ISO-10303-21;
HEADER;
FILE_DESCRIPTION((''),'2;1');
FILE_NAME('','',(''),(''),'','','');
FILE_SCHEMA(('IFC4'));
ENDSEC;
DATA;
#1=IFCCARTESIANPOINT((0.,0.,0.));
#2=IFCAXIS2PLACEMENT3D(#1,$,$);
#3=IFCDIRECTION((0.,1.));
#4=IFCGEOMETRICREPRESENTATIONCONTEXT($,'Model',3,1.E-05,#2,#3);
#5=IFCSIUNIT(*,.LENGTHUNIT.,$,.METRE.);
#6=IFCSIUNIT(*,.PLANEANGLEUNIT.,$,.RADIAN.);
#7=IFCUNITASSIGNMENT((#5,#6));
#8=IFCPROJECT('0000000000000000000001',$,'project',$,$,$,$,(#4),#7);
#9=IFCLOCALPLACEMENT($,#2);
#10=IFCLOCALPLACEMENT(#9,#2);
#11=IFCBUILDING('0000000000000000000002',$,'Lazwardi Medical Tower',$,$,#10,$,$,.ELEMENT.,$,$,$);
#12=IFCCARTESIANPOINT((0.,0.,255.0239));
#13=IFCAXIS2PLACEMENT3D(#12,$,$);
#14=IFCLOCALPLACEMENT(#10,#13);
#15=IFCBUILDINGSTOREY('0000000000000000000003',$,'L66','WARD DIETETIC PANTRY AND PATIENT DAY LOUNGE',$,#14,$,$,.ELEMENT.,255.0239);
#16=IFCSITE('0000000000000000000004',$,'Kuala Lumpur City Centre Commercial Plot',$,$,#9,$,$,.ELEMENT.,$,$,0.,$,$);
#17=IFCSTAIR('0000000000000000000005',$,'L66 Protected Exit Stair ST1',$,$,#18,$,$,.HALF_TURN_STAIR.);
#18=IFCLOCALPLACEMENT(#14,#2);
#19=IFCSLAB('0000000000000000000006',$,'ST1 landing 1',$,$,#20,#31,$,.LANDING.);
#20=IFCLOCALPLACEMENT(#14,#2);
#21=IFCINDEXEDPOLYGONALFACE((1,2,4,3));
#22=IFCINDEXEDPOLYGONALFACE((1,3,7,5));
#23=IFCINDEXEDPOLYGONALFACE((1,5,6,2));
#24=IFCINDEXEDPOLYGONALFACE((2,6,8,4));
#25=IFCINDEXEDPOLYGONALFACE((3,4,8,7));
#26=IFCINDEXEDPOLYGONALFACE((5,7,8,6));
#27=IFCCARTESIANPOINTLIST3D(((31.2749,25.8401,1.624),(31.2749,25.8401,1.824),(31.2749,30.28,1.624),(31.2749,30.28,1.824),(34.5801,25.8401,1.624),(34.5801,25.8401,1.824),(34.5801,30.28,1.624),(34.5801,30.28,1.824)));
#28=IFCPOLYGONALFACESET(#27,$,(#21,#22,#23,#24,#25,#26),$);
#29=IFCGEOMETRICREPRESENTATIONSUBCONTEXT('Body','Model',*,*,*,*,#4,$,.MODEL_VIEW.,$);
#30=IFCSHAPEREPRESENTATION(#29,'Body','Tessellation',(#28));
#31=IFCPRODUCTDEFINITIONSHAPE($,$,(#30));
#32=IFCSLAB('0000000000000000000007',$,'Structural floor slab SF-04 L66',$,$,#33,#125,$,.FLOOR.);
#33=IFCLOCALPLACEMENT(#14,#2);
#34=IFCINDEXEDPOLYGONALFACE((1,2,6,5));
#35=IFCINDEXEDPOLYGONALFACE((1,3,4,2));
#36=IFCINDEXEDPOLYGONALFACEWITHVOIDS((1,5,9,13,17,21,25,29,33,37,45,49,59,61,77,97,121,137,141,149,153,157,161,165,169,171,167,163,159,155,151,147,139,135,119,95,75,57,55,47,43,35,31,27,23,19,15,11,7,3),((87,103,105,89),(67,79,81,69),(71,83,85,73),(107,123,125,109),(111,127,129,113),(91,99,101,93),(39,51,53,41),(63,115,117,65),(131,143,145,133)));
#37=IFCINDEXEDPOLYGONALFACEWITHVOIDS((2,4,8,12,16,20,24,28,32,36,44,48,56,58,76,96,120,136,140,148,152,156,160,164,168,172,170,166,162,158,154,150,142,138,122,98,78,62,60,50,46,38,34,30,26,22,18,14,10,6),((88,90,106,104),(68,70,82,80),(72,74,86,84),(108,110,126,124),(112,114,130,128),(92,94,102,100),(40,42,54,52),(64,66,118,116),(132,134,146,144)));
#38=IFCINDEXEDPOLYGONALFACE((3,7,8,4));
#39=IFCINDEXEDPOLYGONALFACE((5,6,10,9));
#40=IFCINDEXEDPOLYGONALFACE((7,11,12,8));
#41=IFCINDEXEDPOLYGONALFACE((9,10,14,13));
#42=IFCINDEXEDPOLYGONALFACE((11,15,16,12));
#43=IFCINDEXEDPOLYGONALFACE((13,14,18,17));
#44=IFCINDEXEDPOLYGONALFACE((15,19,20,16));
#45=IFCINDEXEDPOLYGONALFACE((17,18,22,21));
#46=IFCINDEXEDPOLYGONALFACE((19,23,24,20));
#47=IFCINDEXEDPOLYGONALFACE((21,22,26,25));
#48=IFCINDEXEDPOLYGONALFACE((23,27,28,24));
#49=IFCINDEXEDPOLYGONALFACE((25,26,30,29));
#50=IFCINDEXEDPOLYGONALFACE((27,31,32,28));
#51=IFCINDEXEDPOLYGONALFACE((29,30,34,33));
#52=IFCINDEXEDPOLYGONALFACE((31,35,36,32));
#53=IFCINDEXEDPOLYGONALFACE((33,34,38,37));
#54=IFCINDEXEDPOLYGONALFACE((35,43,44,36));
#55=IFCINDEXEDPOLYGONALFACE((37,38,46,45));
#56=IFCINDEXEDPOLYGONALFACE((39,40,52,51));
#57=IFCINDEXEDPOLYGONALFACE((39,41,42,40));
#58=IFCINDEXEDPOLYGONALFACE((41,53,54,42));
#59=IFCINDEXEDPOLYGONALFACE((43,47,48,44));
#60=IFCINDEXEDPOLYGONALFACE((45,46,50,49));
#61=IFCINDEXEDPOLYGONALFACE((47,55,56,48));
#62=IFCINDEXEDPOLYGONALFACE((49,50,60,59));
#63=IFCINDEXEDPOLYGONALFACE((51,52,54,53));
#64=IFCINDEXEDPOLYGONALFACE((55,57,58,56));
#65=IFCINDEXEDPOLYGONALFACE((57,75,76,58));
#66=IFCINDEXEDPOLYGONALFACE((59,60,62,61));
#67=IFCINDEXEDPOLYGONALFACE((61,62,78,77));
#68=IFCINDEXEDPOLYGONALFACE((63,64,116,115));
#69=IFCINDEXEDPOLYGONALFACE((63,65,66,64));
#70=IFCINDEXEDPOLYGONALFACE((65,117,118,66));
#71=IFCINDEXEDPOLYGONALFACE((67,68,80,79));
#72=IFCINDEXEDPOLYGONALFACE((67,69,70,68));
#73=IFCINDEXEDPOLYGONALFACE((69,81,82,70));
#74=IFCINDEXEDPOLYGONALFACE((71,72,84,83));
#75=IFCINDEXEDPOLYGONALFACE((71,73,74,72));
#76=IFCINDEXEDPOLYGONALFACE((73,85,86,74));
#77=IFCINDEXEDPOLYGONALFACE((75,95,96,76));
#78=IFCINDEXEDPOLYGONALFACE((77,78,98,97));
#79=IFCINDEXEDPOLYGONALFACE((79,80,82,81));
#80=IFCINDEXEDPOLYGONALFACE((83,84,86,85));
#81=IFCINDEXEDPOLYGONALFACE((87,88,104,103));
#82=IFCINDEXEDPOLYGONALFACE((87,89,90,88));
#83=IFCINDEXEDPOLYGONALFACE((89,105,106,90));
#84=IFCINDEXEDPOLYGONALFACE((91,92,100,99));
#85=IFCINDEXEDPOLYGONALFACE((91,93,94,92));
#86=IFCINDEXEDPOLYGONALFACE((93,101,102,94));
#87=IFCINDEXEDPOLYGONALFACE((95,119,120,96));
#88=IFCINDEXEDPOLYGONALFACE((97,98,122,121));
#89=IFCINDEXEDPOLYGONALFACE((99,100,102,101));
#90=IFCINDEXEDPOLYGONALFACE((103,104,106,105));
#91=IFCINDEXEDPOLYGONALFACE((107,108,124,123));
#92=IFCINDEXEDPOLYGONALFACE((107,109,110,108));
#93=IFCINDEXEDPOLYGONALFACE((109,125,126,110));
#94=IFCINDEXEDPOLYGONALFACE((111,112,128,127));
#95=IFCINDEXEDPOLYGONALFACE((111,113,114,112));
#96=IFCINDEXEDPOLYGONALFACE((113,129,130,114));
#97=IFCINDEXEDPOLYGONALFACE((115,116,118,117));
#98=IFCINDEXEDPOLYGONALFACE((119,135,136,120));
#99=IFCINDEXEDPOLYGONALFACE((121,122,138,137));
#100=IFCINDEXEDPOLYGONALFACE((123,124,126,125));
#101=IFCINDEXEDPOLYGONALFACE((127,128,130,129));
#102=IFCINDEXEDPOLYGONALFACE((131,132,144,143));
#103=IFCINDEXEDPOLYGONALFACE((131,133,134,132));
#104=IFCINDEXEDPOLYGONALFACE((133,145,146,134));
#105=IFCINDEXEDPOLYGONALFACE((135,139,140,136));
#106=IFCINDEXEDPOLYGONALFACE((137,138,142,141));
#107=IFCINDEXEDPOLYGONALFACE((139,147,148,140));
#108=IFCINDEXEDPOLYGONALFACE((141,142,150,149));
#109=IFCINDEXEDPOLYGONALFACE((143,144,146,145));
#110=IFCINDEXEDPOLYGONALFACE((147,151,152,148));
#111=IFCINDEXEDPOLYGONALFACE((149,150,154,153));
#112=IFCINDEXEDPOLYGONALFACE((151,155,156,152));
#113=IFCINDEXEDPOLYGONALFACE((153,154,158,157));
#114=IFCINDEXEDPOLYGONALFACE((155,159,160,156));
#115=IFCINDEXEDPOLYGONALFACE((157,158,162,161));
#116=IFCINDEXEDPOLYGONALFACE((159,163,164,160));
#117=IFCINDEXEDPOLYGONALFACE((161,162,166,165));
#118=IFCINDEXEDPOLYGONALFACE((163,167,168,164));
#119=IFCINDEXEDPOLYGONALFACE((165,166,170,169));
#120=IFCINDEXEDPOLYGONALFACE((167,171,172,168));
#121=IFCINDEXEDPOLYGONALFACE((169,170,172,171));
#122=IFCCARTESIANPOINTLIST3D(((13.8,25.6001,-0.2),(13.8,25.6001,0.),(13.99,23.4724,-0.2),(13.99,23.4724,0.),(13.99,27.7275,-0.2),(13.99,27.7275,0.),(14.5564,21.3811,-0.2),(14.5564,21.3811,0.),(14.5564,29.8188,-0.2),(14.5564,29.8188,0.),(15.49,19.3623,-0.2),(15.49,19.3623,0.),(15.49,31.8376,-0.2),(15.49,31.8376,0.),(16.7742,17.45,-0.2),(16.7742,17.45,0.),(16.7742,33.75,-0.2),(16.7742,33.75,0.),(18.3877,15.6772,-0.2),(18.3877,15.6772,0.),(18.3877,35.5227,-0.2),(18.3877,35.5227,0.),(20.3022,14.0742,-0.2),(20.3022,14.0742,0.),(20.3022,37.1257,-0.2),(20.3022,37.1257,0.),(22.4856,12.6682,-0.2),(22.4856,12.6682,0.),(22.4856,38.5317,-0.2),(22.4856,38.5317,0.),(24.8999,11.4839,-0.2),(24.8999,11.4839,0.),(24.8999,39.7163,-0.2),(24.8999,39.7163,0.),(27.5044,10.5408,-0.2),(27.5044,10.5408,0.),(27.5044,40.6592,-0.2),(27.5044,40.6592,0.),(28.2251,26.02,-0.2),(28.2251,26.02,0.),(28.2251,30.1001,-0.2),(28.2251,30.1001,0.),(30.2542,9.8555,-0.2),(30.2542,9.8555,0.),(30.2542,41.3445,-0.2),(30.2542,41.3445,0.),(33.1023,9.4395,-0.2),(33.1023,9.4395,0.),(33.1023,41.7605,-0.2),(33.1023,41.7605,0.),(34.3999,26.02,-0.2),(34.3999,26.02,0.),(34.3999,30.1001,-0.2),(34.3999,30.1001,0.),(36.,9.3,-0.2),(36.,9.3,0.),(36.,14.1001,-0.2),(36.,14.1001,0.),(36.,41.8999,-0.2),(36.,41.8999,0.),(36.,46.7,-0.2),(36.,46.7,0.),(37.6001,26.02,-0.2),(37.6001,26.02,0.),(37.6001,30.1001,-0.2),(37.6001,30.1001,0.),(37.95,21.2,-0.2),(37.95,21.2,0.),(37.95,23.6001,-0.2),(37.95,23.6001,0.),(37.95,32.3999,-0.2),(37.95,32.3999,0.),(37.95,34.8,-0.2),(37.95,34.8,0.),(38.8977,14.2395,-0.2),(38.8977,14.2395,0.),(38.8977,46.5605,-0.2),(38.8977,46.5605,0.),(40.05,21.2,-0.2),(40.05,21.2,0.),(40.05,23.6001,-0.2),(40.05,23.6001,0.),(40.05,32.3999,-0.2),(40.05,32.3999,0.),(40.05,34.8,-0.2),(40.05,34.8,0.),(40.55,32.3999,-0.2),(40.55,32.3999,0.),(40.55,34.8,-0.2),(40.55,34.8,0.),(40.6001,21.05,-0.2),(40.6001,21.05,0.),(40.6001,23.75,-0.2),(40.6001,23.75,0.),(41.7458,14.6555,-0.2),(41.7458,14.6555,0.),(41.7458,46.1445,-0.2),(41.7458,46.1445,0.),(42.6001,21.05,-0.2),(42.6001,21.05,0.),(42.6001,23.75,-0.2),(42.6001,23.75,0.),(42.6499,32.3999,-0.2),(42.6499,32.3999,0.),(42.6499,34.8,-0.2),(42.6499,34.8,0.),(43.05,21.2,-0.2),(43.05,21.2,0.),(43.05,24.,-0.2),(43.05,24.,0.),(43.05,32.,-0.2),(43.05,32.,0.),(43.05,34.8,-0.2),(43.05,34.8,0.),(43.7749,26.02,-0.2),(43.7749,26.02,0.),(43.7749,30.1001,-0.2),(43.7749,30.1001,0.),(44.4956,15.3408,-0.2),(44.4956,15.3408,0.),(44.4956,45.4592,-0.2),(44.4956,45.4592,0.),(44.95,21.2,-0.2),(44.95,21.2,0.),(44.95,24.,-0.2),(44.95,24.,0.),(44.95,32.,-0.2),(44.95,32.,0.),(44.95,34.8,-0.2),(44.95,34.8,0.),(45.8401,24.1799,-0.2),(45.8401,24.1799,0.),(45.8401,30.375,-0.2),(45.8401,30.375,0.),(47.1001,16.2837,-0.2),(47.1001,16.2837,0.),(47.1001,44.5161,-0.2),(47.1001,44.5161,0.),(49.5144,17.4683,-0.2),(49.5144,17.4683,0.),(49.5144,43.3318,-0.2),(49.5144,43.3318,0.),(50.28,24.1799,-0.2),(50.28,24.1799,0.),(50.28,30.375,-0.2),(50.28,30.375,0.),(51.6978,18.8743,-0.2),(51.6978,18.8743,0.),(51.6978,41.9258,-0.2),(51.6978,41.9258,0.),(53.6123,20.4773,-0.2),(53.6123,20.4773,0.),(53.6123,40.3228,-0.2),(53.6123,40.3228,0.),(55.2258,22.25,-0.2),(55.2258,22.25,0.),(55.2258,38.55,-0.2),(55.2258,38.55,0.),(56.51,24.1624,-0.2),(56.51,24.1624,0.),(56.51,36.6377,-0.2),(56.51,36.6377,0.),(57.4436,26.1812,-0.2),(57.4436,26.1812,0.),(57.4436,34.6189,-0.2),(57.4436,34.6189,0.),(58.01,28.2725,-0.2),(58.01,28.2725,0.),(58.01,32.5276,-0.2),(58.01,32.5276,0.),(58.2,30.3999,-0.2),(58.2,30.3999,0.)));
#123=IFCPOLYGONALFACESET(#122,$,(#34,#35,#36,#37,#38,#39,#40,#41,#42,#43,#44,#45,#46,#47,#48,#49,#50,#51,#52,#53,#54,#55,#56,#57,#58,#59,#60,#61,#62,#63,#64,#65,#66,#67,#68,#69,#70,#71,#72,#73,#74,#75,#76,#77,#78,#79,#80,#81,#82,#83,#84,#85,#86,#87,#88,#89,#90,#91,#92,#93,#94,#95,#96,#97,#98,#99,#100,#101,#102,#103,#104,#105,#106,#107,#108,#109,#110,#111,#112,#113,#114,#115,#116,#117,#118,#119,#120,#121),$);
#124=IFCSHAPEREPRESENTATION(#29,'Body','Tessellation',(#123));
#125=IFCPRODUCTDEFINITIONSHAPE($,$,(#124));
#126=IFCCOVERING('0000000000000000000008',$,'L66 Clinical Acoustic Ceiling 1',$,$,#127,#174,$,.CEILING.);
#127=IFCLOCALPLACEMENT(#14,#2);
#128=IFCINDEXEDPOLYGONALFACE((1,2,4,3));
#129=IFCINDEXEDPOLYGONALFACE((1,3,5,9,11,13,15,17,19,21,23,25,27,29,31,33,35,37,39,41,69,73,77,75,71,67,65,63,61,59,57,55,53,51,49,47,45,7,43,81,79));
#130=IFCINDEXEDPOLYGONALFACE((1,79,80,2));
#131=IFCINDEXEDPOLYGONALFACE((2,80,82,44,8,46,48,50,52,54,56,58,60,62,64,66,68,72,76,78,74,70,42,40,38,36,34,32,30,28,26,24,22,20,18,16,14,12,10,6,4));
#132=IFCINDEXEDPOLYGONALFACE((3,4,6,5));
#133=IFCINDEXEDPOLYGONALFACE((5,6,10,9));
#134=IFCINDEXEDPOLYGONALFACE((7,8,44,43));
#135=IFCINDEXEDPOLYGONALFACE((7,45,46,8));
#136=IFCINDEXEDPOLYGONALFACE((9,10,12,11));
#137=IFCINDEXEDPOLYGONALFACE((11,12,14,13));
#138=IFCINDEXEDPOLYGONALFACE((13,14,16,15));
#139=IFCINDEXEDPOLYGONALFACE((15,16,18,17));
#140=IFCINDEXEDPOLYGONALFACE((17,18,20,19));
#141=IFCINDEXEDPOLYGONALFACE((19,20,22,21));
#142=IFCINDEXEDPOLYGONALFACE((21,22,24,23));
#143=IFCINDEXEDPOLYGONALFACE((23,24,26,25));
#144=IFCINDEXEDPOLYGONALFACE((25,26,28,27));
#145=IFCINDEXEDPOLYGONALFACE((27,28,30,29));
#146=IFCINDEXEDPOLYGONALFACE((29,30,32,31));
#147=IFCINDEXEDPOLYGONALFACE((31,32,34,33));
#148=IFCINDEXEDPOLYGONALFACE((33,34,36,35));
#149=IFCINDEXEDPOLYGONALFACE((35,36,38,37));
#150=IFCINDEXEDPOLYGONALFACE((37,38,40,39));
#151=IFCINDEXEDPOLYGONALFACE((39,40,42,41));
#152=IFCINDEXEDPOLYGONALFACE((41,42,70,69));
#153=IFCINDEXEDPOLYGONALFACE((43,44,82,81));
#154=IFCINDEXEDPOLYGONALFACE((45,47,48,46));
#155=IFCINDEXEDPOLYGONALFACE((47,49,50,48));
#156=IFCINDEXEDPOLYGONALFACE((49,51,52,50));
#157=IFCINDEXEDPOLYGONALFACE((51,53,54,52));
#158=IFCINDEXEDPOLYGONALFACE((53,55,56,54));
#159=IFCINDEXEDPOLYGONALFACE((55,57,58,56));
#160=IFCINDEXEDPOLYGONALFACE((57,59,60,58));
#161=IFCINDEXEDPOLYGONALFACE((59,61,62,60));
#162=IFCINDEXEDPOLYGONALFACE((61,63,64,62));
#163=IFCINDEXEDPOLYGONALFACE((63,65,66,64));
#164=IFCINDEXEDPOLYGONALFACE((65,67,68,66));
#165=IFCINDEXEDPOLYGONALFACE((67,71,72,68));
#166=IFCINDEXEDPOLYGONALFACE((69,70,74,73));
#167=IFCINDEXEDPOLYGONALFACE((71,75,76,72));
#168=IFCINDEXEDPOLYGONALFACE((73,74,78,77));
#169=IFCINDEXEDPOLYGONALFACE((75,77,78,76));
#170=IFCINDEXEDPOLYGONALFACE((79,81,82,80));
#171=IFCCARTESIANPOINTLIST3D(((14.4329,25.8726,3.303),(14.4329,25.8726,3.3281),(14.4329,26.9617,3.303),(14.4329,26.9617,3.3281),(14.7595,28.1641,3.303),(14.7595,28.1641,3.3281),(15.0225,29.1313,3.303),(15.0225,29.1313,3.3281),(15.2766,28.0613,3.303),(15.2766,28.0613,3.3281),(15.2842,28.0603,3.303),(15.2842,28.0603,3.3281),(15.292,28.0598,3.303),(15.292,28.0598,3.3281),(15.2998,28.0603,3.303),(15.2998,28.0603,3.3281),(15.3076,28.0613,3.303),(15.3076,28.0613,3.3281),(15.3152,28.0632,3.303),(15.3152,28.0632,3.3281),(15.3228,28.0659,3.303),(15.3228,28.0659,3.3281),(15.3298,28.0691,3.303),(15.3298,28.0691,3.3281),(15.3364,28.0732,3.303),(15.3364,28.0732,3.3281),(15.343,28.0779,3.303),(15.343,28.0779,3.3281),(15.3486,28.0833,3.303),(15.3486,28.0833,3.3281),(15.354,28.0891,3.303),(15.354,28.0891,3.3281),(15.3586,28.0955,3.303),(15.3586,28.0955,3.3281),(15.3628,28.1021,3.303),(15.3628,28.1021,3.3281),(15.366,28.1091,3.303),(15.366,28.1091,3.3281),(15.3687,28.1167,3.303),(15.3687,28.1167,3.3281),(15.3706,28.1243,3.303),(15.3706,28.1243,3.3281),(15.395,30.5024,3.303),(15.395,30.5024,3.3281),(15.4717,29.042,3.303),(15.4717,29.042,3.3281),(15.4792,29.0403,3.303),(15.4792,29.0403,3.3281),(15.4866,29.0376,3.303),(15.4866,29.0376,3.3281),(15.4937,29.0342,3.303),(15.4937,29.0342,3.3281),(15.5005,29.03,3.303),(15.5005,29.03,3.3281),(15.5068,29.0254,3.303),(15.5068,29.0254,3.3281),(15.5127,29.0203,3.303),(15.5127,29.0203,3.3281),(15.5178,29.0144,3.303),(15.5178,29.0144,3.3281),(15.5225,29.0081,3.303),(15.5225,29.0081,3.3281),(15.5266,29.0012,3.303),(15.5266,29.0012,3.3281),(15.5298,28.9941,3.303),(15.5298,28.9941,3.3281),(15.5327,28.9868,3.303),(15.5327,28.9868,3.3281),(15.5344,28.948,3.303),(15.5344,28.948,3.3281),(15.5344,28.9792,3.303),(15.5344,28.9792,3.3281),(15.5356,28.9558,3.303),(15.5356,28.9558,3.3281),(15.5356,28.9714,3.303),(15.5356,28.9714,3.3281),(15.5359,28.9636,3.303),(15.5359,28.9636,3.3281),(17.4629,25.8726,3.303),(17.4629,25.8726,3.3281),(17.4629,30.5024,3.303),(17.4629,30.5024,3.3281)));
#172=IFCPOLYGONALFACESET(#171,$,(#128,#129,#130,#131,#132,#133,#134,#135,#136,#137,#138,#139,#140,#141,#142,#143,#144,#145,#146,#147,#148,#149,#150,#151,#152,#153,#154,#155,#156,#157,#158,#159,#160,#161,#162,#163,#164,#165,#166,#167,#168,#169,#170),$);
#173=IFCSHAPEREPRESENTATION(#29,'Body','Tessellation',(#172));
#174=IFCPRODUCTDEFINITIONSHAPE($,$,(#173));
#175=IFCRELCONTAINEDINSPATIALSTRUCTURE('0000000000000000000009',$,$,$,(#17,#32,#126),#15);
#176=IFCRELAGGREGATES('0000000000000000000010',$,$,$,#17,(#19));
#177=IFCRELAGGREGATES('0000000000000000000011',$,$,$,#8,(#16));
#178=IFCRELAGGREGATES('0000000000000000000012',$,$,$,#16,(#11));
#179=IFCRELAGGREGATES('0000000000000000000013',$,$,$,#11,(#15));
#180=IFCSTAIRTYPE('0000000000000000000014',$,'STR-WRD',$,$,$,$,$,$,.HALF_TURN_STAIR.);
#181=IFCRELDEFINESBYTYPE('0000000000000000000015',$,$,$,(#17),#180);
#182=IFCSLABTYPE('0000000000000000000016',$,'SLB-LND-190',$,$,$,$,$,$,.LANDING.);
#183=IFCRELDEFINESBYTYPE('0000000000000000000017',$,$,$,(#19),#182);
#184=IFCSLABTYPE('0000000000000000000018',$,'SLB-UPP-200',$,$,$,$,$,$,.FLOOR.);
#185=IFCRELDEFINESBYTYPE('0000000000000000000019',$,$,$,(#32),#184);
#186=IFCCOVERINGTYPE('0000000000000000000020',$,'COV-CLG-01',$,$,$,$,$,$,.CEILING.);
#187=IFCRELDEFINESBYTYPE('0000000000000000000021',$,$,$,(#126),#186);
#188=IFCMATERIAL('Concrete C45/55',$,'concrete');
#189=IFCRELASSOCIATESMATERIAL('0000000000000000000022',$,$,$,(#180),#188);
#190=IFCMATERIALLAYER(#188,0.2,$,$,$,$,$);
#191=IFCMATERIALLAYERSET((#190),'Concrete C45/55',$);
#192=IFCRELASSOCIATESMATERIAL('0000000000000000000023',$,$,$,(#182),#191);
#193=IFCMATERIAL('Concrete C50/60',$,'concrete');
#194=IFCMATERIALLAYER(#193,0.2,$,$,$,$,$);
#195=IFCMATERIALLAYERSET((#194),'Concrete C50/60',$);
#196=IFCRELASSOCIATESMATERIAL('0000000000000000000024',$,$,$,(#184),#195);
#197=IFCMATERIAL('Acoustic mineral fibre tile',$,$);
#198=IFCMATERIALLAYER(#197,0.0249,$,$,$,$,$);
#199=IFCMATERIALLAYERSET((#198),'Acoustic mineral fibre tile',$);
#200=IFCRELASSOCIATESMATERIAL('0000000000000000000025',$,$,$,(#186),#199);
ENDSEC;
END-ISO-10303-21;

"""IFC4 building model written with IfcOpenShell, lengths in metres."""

from ifc_helpers import new_model, si_unit, direction, frame, origin, place, context, subcontext, project, spatial, polyline, outline, extrude, material, layer, layer_set, type_object, element, aggregate, save


model = new_model("IFC4")

# Units and contexts
model_context = context("Model", 3, precision=1e-05, world=origin(), true_north=direction((0.0, 1.0)))
body_context = subcontext(model_context, "Body", "Model", "MODEL_VIEW")
ifc_project = project(units=[si_unit("LENGTHUNIT", "METRE"), si_unit("PLANEANGLEUNIT", "RADIAN")], contexts=[model_context])

# Site, building, storey
site_placement = place(None, origin())
site = spatial("IfcSite", under=ifc_project, at=site_placement, Name="Kuala Lumpur City Centre Commercial Plot", CompositionType="ELEMENT", RefElevation=0.0)
building_placement = place(site_placement, origin())
building = spatial("IfcBuilding", under=site, at=building_placement, Name="Lazwardi Medical Tower", CompositionType="ELEMENT")
storey_placement = place(building_placement, frame((0.0, 0.0, 255.0239)))
storey = spatial("IfcBuildingStorey", under=building, at=storey_placement, Name="L66", Description="WARD DIETETIC PANTRY AND PATIENT DAY LOUNGE", CompositionType="ELEMENT", Elevation=255.0239)

# Stair, slab
ifc_material_1 = material(Name="Concrete C45/55", Category="concrete")
stair_type = type_object("IfcStairType", Name="STR-WRD", PredefinedType="HALF_TURN_STAIR", material=ifc_material_1)
stair_placement = place(storey_placement, origin())
stair = element("IfcStair", 1, at=stair_placement, inside=storey, type_object=stair_type, Name="L66 Protected Exit Stair ST1", PredefinedType="HALF_TURN_STAIR")
ifc_layer_1 = layer(ifc_material_1, 0.2)
ifc_layer_set_1 = layer_set([ifc_layer_1], Name="Concrete C45/55")
slab_type_1 = type_object("IfcSlabType", Name="SLB-LND-190", PredefinedType="LANDING", material=ifc_layer_set_1)
slab_1_placement = place(storey_placement, frame((0.0, 0.0, 1.624)))
slab_1 = element("IfcSlab", 2, at=slab_1_placement, type_object=slab_type_1, Name="ST1 landing 1", PredefinedType="LANDING", context=body_context, shape_type="SweptSolid", body=[
    extrude(outline(polyline([(31.2749, 25.8401), (34.5801, 25.8401), (34.5801, 30.28), (31.2749, 30.28), (31.2749, 25.8401)])), origin(), (0.0, 0.0, 1.0), 0.2),
])
aggregate(stair, [slab_1])

# Slab
ifc_material_2 = material(Name="Concrete C50/60", Category="concrete")
ifc_layer_2 = layer(ifc_material_2, 0.2)
ifc_layer_set_2 = layer_set([ifc_layer_2], Name="Concrete C50/60")
slab_type_2 = type_object("IfcSlabType", Name="SLB-UPP-200", PredefinedType="FLOOR", material=ifc_layer_set_2)
slab_2_placement = place(storey_placement, frame((0.0, 0.0, -0.2)))
element("IfcSlab", 3, at=slab_2_placement, inside=storey, type_object=slab_type_2, Name="Structural floor slab SF-04 L66", PredefinedType="FLOOR", context=body_context, shape_type="SweptSolid", body=[
    extrude(outline(polyline([(18.3877, 15.6772), (20.3022, 14.0742), (22.4856, 12.6682), (24.8999, 11.4839), (27.5044, 10.5408), (30.2542, 9.8555), (33.1023, 9.4395), (36.0, 9.3), (36.0, 14.1001), (38.8977, 14.2395), (41.7458, 14.6555), (44.4956, 15.3408), (47.1001, 16.2837), (49.5144, 17.4683), (51.6978, 18.8743), (53.6123, 20.4773), (55.2258, 22.25), (56.51, 24.1624), (57.4436, 26.1812), (58.01, 28.2725), (58.2, 30.3999), (58.01, 32.5276), (57.4436, 34.6189), (56.51, 36.6377), (55.2258, 38.55), (53.6123, 40.3228), (51.6978, 41.9258), (49.5144, 43.3318), (47.1001, 44.5161), (44.4956, 45.4592), (41.7458, 46.1445), (38.8977, 46.5605), (36.0, 46.7), (36.0, 41.8999), (33.1023, 41.7605), (30.2542, 41.3445), (27.5044, 40.6592), (24.8999, 39.7163), (22.4856, 38.5317), (20.3022, 37.1257), (18.3877, 35.5227), (16.7742, 33.75), (15.49, 31.8376), (14.5564, 29.8188), (13.99, 27.7275), (13.8, 25.6001), (13.99, 23.4724), (14.5564, 21.3811), (15.49, 19.3623), (16.7742, 17.45), (18.3877, 15.6772)]), holes=[polyline([(28.2251, 26.02), (28.2251, 30.1001), (34.3999, 30.1001), (34.3999, 26.02), (28.2251, 26.02)]), polyline([(37.6001, 30.1001), (43.7749, 30.1001), (43.7749, 26.02), (37.6001, 26.02), (37.6001, 30.1001)]), polyline([(50.28, 30.375), (50.28, 24.1799), (45.8401, 24.1799), (45.8401, 30.375), (50.28, 30.375)]), polyline([(40.05, 32.3999), (37.95, 32.3999), (37.95, 34.8), (40.05, 34.8), (40.05, 32.3999)]), polyline([(40.55, 32.3999), (40.55, 34.8), (42.6499, 34.8), (42.6499, 32.3999), (40.55, 32.3999)]), polyline([(37.95, 23.6001), (40.05, 23.6001), (40.05, 21.2), (37.95, 21.2), (37.95, 23.6001)]), polyline([(44.95, 34.8), (44.95, 32.0), (43.05, 32.0), (43.05, 34.8), (44.95, 34.8)]), polyline([(44.95, 21.2), (43.05, 21.2), (43.05, 24.0), (44.95, 24.0), (44.95, 21.2)]), polyline([(40.6001, 21.05), (40.6001, 23.75), (42.6001, 23.75), (42.6001, 21.05), (40.6001, 21.05)])]), origin(), (0.0, 0.0, 1.0), 0.2),
])

# Covering
ifc_material_3 = material(Name="Acoustic mineral fibre tile")
ifc_layer_3 = layer(ifc_material_3, 0.0249)
ifc_layer_set_3 = layer_set([ifc_layer_3], Name="Acoustic mineral fibre tile")
covering_type_1 = type_object("IfcCoveringType", Name="COV-CLG-01", PredefinedType="CEILING", material=ifc_layer_set_3)
covering_1_placement = place(storey_placement, frame((0.0, 0.0, 3.303)))
element("IfcCovering", 4, at=covering_1_placement, inside=storey, type_object=covering_type_1, Name="L66 Clinical Acoustic Ceiling 1", PredefinedType="CEILING", context=body_context, shape_type="SweptSolid", body=[
    extrude(outline(polyline([(15.395, 30.5024), (15.0225, 29.1313), (15.4717, 29.042), (15.4792, 29.0403), (15.4866, 29.0376), (15.4937, 29.0342), (15.5005, 29.03), (15.5068, 29.0254), (15.5127, 29.0203), (15.5178, 29.0144), (15.5225, 29.0081), (15.5266, 29.0012), (15.5298, 28.9941), (15.5327, 28.9868), (15.5344, 28.9792), (15.5356, 28.9714), (15.5359, 28.9636), (15.5356, 28.9558), (15.5344, 28.948), (15.3706, 28.1243), (15.3687, 28.1167), (15.366, 28.1091), (15.3628, 28.1021), (15.3586, 28.0955), (15.354, 28.0891), (15.3486, 28.0833), (15.343, 28.0779), (15.3364, 28.0732), (15.3298, 28.0691), (15.3228, 28.0659), (15.3152, 28.0632), (15.3076, 28.0613), (15.2998, 28.0603), (15.292, 28.0598), (15.2842, 28.0603), (15.2766, 28.0613), (14.7595, 28.1641), (14.4329, 26.9617), (14.4329, 25.8726), (17.4629, 25.8726), (17.4629, 30.5024), (15.395, 30.5024)])), origin(), (0.0, 0.0, 1.0), 0.0251),
])

save(model, "model.ifc")
